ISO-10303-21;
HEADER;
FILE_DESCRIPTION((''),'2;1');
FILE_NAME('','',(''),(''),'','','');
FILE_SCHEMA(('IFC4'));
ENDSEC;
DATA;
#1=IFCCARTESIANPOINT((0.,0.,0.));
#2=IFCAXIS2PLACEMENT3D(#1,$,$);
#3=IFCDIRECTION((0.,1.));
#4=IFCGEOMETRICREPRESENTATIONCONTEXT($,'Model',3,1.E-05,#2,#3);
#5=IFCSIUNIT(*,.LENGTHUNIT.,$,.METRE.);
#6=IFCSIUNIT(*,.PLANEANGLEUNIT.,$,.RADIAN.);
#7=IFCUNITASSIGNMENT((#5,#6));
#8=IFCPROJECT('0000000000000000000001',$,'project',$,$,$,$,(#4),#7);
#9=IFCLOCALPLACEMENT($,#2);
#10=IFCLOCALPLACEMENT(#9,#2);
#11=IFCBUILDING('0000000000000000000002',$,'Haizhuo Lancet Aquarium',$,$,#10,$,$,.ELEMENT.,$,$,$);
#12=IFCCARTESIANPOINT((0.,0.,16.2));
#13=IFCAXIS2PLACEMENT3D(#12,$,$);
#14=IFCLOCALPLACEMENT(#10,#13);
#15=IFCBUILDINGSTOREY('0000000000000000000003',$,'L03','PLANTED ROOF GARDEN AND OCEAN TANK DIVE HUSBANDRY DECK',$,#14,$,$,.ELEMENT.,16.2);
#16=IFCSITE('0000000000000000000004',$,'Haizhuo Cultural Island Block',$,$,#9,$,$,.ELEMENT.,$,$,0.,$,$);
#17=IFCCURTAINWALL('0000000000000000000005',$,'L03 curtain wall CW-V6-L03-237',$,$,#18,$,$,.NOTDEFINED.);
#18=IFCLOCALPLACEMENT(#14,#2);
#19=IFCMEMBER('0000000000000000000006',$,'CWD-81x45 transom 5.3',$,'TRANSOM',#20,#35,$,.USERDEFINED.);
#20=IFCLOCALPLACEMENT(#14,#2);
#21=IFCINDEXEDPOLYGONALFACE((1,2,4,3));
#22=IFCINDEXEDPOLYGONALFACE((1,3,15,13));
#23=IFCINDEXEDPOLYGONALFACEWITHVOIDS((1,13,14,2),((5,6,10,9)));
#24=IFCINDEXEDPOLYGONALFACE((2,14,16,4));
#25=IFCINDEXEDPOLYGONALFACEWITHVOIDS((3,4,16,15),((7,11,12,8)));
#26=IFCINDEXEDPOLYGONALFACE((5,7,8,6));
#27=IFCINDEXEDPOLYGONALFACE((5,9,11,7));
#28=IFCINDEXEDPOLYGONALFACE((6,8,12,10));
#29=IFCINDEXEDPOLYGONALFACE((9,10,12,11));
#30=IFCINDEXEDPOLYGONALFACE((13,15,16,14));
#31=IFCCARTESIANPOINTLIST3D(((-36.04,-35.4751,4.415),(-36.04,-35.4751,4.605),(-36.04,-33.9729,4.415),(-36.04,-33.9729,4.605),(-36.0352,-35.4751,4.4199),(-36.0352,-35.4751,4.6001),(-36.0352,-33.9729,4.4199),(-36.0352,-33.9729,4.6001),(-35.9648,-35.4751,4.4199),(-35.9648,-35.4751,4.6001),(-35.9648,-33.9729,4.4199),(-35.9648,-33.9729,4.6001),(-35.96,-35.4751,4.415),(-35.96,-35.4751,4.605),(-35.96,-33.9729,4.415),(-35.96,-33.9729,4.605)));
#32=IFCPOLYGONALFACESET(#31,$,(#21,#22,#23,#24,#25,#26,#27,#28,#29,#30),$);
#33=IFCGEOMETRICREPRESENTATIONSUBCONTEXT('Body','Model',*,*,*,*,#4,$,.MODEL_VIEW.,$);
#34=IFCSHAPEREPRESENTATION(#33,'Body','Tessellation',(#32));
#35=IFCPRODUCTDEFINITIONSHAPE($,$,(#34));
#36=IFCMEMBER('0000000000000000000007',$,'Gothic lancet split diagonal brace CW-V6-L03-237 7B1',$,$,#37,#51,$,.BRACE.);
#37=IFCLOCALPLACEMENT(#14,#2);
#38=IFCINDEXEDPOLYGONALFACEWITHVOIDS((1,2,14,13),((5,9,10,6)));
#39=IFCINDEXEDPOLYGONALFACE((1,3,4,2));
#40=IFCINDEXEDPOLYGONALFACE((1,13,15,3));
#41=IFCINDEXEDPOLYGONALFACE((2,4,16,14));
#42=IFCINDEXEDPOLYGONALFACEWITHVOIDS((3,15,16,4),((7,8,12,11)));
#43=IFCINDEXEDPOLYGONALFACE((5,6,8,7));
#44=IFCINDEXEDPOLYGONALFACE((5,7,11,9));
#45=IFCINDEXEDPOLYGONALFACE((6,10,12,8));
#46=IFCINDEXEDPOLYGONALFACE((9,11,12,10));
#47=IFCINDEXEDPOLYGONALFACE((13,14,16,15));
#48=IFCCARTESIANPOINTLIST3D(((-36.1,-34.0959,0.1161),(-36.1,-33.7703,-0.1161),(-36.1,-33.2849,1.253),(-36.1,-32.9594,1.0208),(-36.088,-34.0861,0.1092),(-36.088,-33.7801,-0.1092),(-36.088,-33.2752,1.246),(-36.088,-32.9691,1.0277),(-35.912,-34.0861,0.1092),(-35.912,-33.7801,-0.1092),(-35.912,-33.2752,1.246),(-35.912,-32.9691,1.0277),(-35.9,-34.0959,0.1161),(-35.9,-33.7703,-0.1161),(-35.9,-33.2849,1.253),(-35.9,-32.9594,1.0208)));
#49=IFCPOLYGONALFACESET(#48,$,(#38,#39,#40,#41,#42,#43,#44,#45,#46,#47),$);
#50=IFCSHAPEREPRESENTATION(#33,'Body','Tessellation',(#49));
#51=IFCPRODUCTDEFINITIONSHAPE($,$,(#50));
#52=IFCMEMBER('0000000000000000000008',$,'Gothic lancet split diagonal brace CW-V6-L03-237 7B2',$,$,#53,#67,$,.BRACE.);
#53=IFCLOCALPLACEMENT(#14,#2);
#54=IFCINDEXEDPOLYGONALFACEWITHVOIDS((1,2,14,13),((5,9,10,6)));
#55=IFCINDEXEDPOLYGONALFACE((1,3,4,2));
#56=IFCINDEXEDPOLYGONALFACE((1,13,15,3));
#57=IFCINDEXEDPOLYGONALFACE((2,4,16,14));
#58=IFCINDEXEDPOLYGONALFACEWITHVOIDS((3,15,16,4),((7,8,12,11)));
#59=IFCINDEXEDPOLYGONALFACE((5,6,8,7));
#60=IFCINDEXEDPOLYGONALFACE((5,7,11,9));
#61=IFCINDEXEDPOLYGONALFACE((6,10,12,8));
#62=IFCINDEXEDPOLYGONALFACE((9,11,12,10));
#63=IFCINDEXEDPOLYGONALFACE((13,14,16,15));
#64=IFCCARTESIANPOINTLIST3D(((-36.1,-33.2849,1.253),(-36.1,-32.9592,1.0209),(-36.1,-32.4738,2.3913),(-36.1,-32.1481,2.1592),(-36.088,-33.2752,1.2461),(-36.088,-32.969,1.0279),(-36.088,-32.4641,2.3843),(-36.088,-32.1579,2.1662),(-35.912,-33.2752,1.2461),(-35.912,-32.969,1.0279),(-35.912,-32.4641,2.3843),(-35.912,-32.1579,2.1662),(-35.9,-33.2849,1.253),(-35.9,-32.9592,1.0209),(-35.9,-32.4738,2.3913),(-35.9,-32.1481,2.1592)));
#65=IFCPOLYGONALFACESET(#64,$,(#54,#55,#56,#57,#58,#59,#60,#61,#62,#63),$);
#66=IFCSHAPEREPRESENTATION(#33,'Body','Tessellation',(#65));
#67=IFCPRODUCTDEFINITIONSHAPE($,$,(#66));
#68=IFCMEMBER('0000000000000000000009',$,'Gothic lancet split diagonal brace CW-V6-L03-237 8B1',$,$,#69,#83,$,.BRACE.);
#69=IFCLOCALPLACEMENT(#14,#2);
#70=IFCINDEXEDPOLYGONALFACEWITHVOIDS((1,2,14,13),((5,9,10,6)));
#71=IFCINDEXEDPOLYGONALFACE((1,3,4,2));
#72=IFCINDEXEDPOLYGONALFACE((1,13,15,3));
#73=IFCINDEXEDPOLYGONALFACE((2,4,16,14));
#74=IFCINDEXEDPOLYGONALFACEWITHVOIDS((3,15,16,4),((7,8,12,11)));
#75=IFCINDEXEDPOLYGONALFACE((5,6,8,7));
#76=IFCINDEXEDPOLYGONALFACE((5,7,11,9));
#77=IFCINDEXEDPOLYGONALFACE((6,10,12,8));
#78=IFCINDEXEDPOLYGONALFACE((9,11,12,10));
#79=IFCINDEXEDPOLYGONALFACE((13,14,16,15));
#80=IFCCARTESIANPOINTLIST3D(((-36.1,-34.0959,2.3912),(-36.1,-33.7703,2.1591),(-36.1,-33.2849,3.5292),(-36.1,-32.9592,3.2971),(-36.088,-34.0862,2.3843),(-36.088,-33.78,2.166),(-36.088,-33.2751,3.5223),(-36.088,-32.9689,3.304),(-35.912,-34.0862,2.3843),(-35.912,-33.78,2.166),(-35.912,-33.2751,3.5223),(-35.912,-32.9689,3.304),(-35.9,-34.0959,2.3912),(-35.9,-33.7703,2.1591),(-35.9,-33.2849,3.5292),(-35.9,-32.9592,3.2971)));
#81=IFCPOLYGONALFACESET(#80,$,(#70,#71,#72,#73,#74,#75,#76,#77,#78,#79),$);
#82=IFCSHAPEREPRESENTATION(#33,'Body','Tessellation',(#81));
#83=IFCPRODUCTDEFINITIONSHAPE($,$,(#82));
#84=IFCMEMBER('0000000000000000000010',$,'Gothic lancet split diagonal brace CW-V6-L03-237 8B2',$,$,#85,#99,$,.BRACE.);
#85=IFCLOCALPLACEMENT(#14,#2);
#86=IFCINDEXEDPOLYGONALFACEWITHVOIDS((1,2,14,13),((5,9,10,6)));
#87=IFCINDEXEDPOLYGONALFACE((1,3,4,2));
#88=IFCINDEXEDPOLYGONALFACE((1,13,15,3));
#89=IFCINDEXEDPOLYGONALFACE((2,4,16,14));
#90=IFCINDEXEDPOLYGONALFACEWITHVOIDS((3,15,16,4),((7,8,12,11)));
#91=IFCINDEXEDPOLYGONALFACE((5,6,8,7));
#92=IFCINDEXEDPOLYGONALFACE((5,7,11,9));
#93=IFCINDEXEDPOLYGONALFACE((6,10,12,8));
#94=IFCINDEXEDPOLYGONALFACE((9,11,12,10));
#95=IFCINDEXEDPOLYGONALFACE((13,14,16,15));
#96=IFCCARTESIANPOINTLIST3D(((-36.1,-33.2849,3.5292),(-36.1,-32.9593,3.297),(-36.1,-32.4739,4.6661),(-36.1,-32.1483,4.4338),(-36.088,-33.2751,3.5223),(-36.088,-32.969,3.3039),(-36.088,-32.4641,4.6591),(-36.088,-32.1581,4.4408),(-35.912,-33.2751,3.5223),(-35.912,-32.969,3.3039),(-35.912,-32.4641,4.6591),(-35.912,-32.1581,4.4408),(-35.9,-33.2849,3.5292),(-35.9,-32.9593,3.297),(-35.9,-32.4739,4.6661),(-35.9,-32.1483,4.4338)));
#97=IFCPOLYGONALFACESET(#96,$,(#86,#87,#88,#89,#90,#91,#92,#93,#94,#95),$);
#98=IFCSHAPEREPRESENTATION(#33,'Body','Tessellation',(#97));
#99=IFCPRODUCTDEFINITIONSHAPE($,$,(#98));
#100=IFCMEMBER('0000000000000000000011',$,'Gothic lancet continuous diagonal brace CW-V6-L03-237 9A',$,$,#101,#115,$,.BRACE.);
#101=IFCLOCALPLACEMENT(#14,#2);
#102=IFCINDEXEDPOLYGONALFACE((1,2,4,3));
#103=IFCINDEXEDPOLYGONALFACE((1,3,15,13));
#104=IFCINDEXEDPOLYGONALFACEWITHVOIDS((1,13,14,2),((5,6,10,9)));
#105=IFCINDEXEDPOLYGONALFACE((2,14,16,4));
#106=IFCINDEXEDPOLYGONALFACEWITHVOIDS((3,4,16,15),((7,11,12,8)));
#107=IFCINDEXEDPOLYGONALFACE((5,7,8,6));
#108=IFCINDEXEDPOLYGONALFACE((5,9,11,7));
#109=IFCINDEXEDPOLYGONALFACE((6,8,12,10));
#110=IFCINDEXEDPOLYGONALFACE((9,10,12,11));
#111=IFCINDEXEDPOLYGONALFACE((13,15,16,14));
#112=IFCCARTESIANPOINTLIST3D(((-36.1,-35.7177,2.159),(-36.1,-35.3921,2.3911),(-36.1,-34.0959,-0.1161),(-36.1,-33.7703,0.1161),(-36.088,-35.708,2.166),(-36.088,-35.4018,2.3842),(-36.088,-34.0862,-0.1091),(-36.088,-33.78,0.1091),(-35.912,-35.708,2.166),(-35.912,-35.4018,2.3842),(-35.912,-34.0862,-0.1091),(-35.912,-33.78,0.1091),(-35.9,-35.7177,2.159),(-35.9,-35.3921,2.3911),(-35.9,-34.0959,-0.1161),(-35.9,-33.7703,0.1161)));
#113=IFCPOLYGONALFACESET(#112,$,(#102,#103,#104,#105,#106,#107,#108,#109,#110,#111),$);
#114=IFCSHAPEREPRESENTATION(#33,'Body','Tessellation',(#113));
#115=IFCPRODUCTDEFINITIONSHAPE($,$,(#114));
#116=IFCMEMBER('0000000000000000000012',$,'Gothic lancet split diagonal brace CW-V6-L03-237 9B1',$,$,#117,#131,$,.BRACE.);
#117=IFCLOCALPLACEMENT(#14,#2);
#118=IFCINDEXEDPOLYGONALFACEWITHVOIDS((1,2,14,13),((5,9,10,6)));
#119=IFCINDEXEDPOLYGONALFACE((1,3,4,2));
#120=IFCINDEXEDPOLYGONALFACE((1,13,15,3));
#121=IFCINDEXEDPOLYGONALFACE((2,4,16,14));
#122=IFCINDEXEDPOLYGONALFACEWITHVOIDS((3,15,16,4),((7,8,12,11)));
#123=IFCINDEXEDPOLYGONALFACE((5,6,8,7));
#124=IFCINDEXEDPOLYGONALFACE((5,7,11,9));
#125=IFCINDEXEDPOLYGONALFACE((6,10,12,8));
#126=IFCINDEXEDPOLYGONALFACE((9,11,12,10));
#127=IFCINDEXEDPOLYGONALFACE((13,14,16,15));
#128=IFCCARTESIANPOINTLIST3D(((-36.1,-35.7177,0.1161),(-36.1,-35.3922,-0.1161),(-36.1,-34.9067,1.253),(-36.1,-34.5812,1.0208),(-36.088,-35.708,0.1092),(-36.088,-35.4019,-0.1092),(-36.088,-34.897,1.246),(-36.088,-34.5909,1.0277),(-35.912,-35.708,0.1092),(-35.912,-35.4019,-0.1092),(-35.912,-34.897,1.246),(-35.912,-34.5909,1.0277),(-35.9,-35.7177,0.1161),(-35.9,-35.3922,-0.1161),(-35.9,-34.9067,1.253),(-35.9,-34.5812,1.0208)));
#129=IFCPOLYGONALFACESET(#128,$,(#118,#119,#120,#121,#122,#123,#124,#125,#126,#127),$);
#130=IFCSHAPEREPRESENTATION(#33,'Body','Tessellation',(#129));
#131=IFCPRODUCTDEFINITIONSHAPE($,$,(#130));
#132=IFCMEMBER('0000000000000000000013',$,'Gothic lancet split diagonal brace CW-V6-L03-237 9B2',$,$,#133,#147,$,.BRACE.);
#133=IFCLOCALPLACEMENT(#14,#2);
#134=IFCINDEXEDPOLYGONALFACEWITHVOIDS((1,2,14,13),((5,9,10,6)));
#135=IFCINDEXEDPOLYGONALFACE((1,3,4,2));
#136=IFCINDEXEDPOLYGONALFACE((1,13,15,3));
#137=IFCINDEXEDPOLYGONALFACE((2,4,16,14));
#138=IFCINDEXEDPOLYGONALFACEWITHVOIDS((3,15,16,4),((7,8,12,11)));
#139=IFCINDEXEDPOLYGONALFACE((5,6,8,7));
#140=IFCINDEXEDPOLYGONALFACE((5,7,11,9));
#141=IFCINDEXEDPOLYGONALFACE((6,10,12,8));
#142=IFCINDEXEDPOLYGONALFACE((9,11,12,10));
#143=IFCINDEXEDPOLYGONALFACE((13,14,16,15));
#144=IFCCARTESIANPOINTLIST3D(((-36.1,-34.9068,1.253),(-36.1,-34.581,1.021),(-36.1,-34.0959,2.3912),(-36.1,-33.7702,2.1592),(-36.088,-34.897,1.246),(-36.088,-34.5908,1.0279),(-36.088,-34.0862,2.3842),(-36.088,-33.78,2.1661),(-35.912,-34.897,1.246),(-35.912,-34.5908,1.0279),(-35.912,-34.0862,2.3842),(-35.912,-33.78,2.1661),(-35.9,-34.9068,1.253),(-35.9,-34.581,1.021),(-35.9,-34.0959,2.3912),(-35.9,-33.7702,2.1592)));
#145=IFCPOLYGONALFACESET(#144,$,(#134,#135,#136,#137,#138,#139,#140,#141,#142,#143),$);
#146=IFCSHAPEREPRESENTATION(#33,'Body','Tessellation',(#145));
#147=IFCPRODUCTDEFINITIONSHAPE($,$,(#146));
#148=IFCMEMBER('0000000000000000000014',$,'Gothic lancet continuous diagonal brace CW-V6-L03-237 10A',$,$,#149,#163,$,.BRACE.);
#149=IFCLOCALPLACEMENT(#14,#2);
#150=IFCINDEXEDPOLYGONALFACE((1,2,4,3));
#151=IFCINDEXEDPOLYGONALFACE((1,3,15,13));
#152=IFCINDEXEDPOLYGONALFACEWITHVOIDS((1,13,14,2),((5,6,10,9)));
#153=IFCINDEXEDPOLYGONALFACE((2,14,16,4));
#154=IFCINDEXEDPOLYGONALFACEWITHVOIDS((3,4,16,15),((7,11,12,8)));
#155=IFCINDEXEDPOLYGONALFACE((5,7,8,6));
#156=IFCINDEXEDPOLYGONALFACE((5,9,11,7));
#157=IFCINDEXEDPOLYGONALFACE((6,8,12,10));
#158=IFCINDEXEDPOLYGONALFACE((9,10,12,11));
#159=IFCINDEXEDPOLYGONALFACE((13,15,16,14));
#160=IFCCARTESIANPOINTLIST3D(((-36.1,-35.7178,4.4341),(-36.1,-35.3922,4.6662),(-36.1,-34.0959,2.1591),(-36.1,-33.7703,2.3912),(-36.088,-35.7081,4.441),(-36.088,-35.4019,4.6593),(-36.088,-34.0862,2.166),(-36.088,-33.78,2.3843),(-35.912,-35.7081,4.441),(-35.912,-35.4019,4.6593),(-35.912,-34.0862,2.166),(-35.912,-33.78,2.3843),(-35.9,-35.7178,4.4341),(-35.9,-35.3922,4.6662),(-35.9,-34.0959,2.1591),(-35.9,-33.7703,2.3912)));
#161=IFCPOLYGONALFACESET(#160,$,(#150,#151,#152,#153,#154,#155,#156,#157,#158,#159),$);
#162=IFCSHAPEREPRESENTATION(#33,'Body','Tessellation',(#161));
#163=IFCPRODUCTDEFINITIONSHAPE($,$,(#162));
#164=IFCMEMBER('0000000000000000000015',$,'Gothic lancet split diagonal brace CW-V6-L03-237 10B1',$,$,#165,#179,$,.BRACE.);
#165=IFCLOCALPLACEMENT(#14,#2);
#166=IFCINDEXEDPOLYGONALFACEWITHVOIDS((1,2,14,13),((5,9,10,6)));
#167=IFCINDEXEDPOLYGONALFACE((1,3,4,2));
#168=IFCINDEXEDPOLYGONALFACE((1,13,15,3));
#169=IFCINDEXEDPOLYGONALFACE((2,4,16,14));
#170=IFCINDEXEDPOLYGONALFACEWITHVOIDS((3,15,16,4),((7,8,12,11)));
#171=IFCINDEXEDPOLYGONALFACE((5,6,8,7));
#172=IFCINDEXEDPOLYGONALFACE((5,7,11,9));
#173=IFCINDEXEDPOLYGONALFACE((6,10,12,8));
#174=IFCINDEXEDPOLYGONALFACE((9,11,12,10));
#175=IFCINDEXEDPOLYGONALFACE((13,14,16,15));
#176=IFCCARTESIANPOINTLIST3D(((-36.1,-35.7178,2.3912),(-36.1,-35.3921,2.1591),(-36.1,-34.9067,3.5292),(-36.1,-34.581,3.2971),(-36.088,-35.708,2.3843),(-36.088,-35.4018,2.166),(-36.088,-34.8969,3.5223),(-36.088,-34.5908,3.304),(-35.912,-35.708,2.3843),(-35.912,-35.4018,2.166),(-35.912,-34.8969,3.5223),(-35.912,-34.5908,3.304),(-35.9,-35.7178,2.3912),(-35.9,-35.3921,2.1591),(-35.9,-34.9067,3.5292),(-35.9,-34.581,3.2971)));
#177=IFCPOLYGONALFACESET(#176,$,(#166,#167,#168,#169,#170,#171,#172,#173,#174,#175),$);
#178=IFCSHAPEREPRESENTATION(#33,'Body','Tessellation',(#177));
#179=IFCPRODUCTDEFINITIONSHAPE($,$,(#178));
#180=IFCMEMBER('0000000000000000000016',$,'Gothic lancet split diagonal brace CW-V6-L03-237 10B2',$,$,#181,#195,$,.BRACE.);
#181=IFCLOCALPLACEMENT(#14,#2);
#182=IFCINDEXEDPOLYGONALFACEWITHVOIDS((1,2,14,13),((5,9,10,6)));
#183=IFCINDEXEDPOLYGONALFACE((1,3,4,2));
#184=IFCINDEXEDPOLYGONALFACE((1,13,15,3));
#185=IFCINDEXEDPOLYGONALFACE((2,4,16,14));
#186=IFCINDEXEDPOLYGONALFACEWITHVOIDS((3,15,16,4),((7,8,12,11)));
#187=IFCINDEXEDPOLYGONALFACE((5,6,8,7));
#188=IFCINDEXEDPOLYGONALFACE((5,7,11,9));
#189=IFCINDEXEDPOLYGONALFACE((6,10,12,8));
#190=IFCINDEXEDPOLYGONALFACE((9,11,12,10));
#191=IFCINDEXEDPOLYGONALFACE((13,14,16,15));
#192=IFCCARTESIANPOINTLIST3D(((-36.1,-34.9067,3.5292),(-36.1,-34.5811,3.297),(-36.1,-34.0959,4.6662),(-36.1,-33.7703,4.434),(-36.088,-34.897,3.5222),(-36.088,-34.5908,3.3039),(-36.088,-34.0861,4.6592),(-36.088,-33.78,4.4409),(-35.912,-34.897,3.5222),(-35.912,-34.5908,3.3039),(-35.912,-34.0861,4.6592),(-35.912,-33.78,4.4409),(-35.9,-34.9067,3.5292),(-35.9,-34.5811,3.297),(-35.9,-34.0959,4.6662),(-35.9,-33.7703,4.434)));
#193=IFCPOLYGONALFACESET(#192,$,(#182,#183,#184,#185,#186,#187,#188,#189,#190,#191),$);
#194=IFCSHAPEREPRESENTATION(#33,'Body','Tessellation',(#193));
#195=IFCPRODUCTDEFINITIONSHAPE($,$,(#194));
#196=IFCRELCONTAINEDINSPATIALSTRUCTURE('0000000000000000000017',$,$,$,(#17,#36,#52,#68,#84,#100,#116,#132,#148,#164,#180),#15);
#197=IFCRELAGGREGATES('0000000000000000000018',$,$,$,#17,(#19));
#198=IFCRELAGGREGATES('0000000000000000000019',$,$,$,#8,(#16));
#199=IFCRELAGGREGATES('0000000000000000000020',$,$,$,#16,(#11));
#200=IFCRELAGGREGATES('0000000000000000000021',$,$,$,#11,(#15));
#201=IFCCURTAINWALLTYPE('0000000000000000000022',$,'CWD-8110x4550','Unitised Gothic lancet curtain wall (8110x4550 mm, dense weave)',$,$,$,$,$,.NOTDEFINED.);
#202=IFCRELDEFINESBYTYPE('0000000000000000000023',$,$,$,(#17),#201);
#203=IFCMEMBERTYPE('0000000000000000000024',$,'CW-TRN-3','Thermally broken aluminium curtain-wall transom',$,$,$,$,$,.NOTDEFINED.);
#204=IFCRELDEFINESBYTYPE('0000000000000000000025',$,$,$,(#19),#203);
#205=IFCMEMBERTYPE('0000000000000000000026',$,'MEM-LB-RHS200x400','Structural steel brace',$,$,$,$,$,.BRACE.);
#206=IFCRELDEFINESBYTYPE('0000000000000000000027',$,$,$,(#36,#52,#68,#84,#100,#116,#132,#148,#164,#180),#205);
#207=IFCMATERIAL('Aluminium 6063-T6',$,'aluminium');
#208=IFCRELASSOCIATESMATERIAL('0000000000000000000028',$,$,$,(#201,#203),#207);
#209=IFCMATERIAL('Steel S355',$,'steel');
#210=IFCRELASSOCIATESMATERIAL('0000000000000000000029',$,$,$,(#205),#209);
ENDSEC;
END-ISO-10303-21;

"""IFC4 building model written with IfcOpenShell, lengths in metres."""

from ifc_helpers import new_model, si_unit, direction, frame, origin, origin_2d, place, context, subcontext, project, spatial, hollow_rectangle, extrude, material, material_profile, profile_set, type_object, element, aggregate, save


model = new_model("IFC4")

# Units and contexts
model_context = context("Model", 3, precision=1e-05, world=origin(), true_north=direction((0.0, 1.0)))
body_context = subcontext(model_context, "Body", "Model", "MODEL_VIEW")
ifc_project = project(units=[si_unit("LENGTHUNIT", "METRE"), si_unit("PLANEANGLEUNIT", "RADIAN")], contexts=[model_context])

# Site, building, storey
site_placement = place(None, origin())
site = spatial("IfcSite", under=ifc_project, at=site_placement, Name="Haizhuo Cultural Island Block", CompositionType="ELEMENT", RefElevation=0.0)
building_placement = place(site_placement, origin())
building = spatial("IfcBuilding", under=site, at=building_placement, Name="Haizhuo Lancet Aquarium", CompositionType="ELEMENT")
storey_placement = place(building_placement, frame((0.0, 0.0, 16.2)))
storey = spatial("IfcBuildingStorey", under=building, at=storey_placement, Name="L03", Description="PLANTED ROOF GARDEN AND OCEAN TANK DIVE HUSBANDRY DECK", CompositionType="ELEMENT", Elevation=16.2)

# Shared definitions
ifc_material_1 = material(Name="Steel S355", Category="steel")

# Curtain wall, member
ifc_material_2 = material(Name="Aluminium 6063-T6", Category="aluminium")
curtain_wall_type = type_object("IfcCurtainWallType", Name="CWD-8110x4550", Description="Unitised Gothic lancet curtain wall (8110x4550 mm, dense weave)", PredefinedType="NOTDEFINED", material=ifc_material_2)
curtain_wall_placement = place(storey_placement, origin())
curtain_wall = element("IfcCurtainWall", 1, at=curtain_wall_placement, inside=storey, type_object=curtain_wall_type, Name="L03 curtain wall CW-V6-L03-237", PredefinedType="NOTDEFINED")
ifc_material_profile_1 = material_profile(ifc_material_2, hollow_rectangle(XDim=0.0801, YDim=0.1899, WallThickness=0.0049, at=origin_2d()), Name="ALU-T 80x190x5")
ifc_profile_set_1 = profile_set([ifc_material_profile_1], Name="Aluminium 6063-T6")
member_type_1 = type_object("IfcMemberType", Name="CW-TRN-3", Description="Thermally broken aluminium curtain-wall transom", PredefinedType="NOTDEFINED", material=ifc_profile_set_1)
member_1_placement = place(storey_placement, frame((-36.0, -33.9729, 4.51), z_axis=(0.0, -1.0, 0.0), x_axis=(1.0, 0.0, 0.0)))
member_1 = element("IfcMember", 2, at=member_1_placement, type_object=member_type_1, Name="CWD-81x45 transom 5.3", ObjectType="TRANSOM", PredefinedType="USERDEFINED", context=body_context, shape_type="SweptSolid", body=[
    extrude(hollow_rectangle(XDim=0.0801, YDim=0.1899, WallThickness=0.0049, at=origin_2d()), origin(), (0.0, 0.0, 1.0), 1.5022),
])

# Members
ifc_material_profile_2 = material_profile(ifc_material_1, hollow_rectangle(XDim=0.2, YDim=0.3999, WallThickness=0.012, at=origin_2d()), Name="RHS 200x400x12")
ifc_profile_set_2 = profile_set([ifc_material_profile_2], Name="Steel S355")
member_type_2 = type_object("IfcMemberType", Name="MEM-LB-RHS200x400", Description="Structural steel brace", PredefinedType="BRACE", material=ifc_profile_set_2)
member_2_placement = place(storey_placement, frame((-36.0, -33.9331, 0.0), z_axis=(0.0, 0.580725, 0.814099), x_axis=(-1.0, 0.0, 0.0)))
element("IfcMember", 3, at=member_2_placement, inside=storey, type_object=member_type_2, Name="Gothic lancet split diagonal brace CW-V6-L03-237 7B1", PredefinedType="BRACE", context=body_context, shape_type="SweptSolid", body=[
    extrude(hollow_rectangle(XDim=0.2, YDim=0.3999, WallThickness=0.012, at=origin_2d()), origin(), (0.0, 0.0, 1.0), 1.3965),
])
member_3_placement = place(storey_placement, frame((-36.0, -33.1221, 1.137), z_axis=(0.0, 0.580312, 0.814394), x_axis=(-1.0, 0.0, 0.0)))
element("IfcMember", 4, at=member_3_placement, inside=storey, type_object=member_type_2, Name="Gothic lancet split diagonal brace CW-V6-L03-237 7B2", PredefinedType="BRACE", context=body_context, shape_type="SweptSolid", body=[
    extrude(hollow_rectangle(XDim=0.2, YDim=0.3999, WallThickness=0.012, at=origin_2d()), origin(), (0.0, 0.0, 1.0), 1.3977),
])
member_4_placement = place(storey_placement, frame((-36.0, -33.9331, 2.2751), z_axis=(0.0, 0.580395, 0.814335), x_axis=(-1.0, 0.0, 0.0)))
element("IfcMember", 5, at=member_4_placement, inside=storey, type_object=member_type_2, Name="Gothic lancet split diagonal brace CW-V6-L03-237 8B1", PredefinedType="BRACE", context=body_context, shape_type="SweptSolid", body=[
    extrude(hollow_rectangle(XDim=0.2, YDim=0.3999, WallThickness=0.012, at=origin_2d()), origin(), (0.0, 0.0, 1.0), 1.3975),
])
member_5_placement = place(storey_placement, frame((-36.0, -33.1221, 3.4131), z_axis=(0.0, 0.580725, 0.814099), x_axis=(-1.0, 0.0, 0.0)))
element("IfcMember", 6, at=member_5_placement, inside=storey, type_object=member_type_2, Name="Gothic lancet split diagonal brace CW-V6-L03-237 8B2", PredefinedType="BRACE", context=body_context, shape_type="SweptSolid", body=[
    extrude(hollow_rectangle(XDim=0.2, YDim=0.3999, WallThickness=0.012, at=origin_2d()), origin(), (0.0, 0.0, 1.0), 1.3965),
])
member_6_placement = place(storey_placement, frame((-36.0, -33.9331, 0.0), z_axis=(0.0, -0.580461, 0.814288), x_axis=(1.0, 0.0, 0.0)))
element("IfcMember", 7, at=member_6_placement, inside=storey, type_object=member_type_2, Name="Gothic lancet continuous diagonal brace CW-V6-L03-237 9A", PredefinedType="BRACE", context=body_context, shape_type="SweptSolid", body=[
    extrude(hollow_rectangle(XDim=0.2, YDim=0.3999, WallThickness=0.012, at=origin_2d()), origin(), (0.0, 0.0, 1.0), 2.7939),
])
member_7_placement = place(storey_placement, frame((-36.0, -35.5549, 0.0), z_axis=(0.0, 0.580725, 0.814099), x_axis=(-1.0, 0.0, 0.0)))
element("IfcMember", 8, at=member_7_placement, inside=storey, type_object=member_type_2, Name="Gothic lancet split diagonal brace CW-V6-L03-237 9B1", PredefinedType="BRACE", context=body_context, shape_type="SweptSolid", body=[
    extrude(hollow_rectangle(XDim=0.2, YDim=0.3999, WallThickness=0.012, at=origin_2d()), origin(), (0.0, 0.0, 1.0), 1.3965),
])
member_8_placement = place(storey_placement, frame((-36.0, -34.7439, 1.137), z_axis=(0.0, 0.580197, 0.814476), x_axis=(-1.0, 0.0, 0.0)))
element("IfcMember", 9, at=member_8_placement, inside=storey, type_object=member_type_2, Name="Gothic lancet split diagonal brace CW-V6-L03-237 9B2", PredefinedType="BRACE", context=body_context, shape_type="SweptSolid", body=[
    extrude(hollow_rectangle(XDim=0.2, YDim=0.3999, WallThickness=0.012, at=origin_2d()), origin(), (0.0, 0.0, 1.0), 1.3975),
])
member_9_placement = place(storey_placement, frame((-36.0, -33.9331, 2.2751), z_axis=(0.0, -0.580502, 0.814259), x_axis=(1.0, 0.0, 0.0)))
element("IfcMember", 10, at=member_9_placement, inside=storey, type_object=member_type_2, Name="Gothic lancet continuous diagonal brace CW-V6-L03-237 10A", PredefinedType="BRACE", context=body_context, shape_type="SweptSolid", body=[
    extrude(hollow_rectangle(XDim=0.2, YDim=0.3999, WallThickness=0.012, at=origin_2d()), origin(), (0.0, 0.0, 1.0), 2.7939),
])
member_10_placement = place(storey_placement, frame((-36.0, -35.5549, 2.2751), z_axis=(0.0, 0.580395, 0.814335), x_axis=(-1.0, 0.0, 0.0)))
element("IfcMember", 11, at=member_10_placement, inside=storey, type_object=member_type_2, Name="Gothic lancet split diagonal brace CW-V6-L03-237 10B1", PredefinedType="BRACE", context=body_context, shape_type="SweptSolid", body=[
    extrude(hollow_rectangle(XDim=0.2, YDim=0.3999, WallThickness=0.012, at=origin_2d()), origin(), (0.0, 0.0, 1.0), 1.3975),
])
member_11_placement = place(storey_placement, frame((-36.0, -34.7439, 3.4131), z_axis=(0.0, 0.58061, 0.814182), x_axis=(-1.0, 0.0, 0.0)))
element("IfcMember", 12, at=member_11_placement, inside=storey, type_object=member_type_2, Name="Gothic lancet split diagonal brace CW-V6-L03-237 10B2", PredefinedType="BRACE", context=body_context, shape_type="SweptSolid", body=[
    extrude(hollow_rectangle(XDim=0.2, YDim=0.3999, WallThickness=0.012, at=origin_2d()), origin(), (0.0, 0.0, 1.0), 1.3965),
])

aggregate(curtain_wall, [member_1])

save(model, "model.ifc")
